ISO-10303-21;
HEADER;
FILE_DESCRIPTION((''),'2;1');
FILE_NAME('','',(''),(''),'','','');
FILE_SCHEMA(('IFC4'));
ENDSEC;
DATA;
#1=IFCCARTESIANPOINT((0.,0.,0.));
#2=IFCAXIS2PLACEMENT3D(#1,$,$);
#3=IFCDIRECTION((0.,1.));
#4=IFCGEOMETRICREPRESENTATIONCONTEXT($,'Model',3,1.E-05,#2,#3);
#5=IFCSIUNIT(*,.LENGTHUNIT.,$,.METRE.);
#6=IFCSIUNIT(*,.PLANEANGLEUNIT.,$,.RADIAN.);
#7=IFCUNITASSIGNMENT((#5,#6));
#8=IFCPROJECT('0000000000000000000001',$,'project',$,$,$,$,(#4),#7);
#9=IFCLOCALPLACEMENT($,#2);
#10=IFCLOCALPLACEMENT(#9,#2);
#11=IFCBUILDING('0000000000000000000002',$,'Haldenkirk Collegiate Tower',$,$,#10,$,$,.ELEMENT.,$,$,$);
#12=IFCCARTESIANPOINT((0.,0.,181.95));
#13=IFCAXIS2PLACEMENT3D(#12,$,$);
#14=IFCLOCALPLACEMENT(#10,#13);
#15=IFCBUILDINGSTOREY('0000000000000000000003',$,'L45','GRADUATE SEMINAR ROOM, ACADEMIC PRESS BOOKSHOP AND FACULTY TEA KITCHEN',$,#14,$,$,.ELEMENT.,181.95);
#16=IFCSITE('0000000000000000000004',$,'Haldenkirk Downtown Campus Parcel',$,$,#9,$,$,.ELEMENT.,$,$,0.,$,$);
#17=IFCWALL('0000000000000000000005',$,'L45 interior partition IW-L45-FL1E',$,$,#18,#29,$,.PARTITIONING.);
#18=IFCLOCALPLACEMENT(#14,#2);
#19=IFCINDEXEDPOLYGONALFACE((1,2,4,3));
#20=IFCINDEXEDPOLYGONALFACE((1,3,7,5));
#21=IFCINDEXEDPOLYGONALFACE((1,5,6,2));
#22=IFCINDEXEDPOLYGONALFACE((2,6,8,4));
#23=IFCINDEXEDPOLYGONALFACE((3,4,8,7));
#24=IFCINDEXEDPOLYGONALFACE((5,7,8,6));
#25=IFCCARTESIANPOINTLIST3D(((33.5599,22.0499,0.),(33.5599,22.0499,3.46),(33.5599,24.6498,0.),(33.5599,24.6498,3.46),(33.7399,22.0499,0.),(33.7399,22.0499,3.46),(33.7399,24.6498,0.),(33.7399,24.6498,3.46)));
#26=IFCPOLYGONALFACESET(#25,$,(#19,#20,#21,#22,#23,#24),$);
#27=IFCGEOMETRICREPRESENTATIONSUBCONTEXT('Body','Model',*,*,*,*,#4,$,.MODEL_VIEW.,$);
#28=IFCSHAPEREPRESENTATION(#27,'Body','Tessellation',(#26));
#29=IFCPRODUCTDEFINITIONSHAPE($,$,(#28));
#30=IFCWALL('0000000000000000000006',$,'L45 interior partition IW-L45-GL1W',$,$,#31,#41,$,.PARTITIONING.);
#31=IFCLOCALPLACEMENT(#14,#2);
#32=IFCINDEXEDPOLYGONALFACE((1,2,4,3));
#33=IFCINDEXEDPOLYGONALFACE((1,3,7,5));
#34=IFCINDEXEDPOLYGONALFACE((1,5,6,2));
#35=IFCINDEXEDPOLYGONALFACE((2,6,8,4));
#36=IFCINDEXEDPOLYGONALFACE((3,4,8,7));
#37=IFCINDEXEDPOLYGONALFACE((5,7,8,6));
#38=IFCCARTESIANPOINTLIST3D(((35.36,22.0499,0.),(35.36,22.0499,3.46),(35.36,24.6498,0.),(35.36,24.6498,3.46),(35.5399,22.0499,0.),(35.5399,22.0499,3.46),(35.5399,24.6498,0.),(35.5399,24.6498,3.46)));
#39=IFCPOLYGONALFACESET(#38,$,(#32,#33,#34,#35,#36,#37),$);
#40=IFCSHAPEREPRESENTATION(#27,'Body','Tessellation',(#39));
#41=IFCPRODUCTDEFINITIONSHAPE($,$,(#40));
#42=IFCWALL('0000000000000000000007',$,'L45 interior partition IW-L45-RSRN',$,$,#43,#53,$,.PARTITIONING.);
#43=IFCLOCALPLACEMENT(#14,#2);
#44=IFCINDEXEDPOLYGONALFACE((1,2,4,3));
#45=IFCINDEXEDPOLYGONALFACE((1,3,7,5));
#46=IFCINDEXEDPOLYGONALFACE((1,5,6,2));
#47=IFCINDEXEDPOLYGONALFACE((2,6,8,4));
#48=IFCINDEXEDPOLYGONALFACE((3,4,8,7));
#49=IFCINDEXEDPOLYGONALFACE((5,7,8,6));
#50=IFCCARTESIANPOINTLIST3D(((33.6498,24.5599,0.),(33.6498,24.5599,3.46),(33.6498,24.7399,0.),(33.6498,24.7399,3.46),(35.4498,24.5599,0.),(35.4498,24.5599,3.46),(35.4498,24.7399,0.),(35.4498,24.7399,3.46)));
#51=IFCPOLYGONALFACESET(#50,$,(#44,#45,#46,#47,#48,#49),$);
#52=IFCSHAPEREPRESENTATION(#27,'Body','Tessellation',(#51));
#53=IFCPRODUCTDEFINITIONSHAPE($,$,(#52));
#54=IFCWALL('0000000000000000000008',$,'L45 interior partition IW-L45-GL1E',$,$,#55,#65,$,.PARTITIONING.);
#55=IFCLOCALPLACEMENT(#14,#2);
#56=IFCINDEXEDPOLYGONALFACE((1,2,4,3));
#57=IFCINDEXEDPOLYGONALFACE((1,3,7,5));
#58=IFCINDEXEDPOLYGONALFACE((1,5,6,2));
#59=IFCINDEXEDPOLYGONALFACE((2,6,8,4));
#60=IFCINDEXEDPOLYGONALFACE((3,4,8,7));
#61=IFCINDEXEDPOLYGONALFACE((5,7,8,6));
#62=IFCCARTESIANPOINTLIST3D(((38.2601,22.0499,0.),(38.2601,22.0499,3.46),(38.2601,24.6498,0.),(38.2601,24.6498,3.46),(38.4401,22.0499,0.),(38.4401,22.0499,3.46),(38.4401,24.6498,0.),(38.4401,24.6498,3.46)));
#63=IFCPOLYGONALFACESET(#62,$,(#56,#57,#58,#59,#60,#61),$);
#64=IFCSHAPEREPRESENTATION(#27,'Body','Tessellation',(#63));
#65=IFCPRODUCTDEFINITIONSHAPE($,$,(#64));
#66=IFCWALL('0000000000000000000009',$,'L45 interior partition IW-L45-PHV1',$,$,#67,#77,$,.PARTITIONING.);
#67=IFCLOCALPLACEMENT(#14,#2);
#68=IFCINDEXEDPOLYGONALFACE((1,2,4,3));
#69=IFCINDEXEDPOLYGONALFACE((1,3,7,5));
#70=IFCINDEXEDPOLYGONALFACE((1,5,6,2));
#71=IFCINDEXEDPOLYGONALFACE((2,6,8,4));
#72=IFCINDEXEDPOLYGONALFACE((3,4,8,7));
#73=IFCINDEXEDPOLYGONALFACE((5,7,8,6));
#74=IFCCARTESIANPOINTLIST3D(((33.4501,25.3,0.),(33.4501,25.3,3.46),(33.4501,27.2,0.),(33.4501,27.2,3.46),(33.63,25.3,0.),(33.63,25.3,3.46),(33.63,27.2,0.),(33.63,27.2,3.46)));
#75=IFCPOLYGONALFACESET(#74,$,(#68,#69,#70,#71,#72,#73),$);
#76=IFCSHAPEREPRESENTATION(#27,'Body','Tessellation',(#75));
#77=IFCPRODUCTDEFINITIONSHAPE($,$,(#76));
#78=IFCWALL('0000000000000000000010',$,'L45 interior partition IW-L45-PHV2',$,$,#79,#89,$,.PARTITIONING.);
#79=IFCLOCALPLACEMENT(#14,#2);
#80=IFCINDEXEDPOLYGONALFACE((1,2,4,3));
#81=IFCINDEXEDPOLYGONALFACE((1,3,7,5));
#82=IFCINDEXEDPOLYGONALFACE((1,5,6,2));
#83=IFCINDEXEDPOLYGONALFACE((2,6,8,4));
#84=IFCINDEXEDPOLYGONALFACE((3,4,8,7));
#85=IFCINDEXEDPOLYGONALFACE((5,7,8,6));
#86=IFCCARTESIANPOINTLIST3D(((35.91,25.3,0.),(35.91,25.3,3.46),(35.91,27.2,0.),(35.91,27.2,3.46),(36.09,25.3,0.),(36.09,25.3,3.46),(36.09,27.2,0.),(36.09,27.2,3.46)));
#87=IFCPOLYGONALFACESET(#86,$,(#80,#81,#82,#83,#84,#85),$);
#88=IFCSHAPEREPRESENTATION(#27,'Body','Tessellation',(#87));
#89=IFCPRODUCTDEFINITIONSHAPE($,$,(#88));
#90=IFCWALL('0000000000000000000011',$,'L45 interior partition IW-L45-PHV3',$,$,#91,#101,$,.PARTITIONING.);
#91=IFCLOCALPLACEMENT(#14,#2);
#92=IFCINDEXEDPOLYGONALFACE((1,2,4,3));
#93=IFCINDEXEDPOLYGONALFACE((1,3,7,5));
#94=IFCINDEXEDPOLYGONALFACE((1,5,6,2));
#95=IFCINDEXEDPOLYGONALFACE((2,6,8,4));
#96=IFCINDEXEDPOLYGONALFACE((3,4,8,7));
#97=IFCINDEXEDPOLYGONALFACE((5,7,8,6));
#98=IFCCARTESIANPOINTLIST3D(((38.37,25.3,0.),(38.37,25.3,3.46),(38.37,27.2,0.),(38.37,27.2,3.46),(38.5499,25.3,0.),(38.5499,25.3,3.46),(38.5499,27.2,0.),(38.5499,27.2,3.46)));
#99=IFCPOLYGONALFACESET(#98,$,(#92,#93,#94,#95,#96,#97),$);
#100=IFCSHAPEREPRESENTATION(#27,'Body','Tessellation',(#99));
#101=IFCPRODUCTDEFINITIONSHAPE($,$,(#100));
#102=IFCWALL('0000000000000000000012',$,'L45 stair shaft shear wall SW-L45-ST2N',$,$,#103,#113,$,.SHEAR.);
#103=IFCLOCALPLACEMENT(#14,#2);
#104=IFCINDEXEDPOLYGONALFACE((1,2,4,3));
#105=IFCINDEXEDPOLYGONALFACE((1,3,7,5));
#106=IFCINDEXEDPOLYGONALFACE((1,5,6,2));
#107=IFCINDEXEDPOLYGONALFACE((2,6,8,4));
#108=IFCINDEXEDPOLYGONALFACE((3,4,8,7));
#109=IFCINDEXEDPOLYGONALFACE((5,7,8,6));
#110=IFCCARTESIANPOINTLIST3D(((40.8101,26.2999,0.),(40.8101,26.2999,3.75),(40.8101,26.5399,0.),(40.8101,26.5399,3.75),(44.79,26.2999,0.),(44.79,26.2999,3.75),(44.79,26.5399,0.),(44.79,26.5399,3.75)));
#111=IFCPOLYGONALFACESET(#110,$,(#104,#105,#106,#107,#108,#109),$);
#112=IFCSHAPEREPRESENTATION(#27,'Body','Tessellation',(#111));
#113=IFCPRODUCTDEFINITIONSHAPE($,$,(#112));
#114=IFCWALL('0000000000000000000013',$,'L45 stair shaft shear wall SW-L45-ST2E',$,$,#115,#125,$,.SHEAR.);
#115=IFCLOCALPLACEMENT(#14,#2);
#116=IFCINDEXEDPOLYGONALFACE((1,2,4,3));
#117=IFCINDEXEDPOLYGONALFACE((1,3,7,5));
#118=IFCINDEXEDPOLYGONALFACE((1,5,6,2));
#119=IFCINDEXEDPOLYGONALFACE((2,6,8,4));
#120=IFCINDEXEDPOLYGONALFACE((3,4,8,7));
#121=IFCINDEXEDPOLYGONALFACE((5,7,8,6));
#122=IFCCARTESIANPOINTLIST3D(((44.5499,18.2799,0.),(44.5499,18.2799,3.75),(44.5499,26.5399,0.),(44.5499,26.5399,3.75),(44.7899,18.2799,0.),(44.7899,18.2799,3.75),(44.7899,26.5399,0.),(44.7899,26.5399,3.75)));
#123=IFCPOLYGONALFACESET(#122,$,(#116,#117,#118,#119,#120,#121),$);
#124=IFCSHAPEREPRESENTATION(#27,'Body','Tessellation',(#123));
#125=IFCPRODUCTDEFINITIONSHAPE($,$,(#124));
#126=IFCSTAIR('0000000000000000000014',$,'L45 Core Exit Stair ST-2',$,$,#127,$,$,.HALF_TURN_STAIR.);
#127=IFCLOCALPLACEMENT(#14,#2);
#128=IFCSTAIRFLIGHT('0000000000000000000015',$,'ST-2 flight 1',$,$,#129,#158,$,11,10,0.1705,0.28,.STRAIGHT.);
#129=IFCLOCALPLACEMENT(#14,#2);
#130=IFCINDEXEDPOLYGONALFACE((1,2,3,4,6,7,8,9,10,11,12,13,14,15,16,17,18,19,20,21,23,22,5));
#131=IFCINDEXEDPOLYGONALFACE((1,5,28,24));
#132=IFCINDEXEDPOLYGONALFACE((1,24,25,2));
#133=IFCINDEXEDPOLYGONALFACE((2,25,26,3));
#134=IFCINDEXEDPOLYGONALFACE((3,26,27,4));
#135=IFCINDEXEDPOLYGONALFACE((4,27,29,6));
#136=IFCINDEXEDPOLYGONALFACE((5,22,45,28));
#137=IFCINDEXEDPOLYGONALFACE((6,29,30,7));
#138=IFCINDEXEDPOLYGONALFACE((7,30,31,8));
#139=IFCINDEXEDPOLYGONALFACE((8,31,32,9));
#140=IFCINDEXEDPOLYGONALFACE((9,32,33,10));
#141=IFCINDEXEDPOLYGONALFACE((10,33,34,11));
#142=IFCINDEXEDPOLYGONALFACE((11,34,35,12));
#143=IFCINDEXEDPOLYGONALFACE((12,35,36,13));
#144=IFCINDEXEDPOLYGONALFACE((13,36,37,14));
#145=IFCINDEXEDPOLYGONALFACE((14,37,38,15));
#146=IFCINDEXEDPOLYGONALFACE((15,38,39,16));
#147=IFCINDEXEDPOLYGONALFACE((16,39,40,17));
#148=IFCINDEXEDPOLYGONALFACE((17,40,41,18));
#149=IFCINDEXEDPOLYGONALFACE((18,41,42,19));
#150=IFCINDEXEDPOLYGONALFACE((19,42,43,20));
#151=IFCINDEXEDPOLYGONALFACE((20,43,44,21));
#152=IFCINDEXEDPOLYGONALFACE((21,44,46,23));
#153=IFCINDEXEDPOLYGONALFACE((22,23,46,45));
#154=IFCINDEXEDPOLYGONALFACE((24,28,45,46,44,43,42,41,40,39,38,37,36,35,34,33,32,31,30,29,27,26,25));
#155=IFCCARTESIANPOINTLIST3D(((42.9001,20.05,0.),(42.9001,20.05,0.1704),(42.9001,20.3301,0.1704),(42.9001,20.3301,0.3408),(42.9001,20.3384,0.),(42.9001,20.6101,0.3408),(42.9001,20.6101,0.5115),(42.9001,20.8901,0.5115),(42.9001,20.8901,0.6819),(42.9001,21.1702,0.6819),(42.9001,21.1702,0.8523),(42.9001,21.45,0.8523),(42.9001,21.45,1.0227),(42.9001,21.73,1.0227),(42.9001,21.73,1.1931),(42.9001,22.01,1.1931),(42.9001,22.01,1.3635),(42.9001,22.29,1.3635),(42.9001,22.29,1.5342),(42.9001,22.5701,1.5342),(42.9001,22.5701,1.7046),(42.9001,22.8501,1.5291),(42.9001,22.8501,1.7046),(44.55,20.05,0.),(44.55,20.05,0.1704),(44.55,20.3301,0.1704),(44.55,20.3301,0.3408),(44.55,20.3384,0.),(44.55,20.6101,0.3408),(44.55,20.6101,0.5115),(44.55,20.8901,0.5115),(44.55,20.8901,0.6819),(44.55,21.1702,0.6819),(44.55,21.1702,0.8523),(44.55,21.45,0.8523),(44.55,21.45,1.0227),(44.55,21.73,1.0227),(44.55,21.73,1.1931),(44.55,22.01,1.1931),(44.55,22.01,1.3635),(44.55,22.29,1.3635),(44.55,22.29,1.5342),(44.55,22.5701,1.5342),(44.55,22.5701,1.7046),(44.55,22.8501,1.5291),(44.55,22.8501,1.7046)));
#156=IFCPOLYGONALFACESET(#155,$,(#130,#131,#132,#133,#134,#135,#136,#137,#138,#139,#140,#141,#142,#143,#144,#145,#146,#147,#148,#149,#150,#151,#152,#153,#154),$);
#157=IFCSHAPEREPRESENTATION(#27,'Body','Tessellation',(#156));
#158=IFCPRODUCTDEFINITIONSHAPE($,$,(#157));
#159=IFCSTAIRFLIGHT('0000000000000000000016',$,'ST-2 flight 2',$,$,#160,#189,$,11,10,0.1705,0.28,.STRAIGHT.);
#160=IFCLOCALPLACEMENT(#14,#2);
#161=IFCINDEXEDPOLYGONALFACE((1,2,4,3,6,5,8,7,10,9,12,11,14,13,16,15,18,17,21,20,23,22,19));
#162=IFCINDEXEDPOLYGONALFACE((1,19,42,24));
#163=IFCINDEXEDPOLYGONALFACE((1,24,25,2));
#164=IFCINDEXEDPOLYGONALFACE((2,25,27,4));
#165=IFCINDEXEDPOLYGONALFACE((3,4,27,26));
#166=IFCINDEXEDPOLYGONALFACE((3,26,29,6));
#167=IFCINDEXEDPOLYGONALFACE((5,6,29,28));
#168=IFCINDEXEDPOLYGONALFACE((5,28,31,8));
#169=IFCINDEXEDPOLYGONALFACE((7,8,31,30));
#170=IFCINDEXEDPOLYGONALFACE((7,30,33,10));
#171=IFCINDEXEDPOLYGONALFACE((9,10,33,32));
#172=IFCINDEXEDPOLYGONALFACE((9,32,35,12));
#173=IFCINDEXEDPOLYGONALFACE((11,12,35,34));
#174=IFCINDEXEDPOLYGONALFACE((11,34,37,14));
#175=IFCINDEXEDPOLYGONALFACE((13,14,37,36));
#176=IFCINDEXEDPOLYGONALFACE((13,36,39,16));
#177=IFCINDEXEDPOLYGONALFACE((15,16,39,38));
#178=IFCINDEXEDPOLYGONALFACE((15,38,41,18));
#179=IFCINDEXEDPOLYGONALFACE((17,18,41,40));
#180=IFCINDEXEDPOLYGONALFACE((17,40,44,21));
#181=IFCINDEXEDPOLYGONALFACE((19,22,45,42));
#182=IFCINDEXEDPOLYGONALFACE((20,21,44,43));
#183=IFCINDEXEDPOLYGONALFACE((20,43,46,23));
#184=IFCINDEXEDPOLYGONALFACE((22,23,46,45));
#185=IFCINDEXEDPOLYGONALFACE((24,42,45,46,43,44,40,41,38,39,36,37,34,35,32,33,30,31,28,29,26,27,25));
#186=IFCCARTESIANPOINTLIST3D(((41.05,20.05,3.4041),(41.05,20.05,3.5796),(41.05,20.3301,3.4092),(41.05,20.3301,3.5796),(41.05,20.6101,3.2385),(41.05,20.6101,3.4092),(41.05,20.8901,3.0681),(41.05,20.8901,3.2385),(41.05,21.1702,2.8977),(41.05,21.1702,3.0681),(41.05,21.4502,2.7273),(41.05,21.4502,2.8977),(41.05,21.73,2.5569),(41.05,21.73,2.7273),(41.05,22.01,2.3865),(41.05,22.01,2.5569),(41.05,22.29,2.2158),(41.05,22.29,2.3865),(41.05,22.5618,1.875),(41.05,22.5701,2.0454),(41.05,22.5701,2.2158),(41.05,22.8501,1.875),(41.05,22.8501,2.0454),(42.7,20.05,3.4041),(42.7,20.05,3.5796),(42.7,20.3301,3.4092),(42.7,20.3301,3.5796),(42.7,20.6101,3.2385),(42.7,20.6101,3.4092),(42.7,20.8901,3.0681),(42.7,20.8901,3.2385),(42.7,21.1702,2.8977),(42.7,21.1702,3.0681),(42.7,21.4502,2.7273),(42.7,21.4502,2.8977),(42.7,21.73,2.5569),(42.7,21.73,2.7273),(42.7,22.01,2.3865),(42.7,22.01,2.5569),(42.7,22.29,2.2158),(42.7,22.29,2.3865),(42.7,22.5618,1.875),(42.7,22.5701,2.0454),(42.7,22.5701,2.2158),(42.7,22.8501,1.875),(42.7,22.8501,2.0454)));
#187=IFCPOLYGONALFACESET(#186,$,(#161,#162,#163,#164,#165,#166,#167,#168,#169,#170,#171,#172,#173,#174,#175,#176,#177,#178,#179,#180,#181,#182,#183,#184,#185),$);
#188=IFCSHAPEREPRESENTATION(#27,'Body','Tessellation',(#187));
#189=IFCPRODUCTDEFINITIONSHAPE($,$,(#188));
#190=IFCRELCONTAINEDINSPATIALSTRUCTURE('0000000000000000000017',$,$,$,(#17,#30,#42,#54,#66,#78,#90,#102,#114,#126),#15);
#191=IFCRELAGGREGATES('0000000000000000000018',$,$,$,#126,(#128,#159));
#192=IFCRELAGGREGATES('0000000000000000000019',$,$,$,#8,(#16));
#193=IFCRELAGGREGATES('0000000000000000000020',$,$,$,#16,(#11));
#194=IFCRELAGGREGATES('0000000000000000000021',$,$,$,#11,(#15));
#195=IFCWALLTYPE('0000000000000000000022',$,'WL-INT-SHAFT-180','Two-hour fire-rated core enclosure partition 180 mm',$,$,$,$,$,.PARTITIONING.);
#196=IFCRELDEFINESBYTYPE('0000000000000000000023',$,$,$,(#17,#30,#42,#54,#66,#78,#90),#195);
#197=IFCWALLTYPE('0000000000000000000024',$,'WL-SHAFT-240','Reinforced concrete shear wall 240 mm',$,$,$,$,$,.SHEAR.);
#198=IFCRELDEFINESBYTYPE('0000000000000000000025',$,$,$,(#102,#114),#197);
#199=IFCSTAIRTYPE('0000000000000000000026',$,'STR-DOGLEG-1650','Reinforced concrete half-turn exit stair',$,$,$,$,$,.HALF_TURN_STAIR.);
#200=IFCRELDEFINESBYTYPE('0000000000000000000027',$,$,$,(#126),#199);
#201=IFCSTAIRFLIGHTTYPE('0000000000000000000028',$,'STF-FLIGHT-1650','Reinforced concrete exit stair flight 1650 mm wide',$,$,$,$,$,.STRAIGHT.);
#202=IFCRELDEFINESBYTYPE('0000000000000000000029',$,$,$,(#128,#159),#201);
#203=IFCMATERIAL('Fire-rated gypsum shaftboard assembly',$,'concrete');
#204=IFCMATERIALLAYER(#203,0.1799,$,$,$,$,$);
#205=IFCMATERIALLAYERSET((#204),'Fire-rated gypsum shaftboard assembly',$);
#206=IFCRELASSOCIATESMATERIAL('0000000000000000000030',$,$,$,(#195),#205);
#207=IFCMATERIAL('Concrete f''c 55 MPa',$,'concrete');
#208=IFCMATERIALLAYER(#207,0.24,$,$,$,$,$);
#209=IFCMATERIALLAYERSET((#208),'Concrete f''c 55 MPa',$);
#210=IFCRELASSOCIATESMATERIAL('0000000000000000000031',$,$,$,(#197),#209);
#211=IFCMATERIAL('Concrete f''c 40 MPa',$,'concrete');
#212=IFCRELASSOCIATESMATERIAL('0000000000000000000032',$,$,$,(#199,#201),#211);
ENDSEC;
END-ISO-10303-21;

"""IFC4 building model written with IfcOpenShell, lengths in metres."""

from ifc_helpers import new_model, si_unit, direction, frame, frame_2d, origin, place, context, subcontext, project, spatial, polyline, rectangle, outline, extrude, material, layer, layer_set, type_object, element, aggregate, save


model = new_model("IFC4")

# Units and contexts
model_context = context("Model", 3, precision=1e-05, world=origin(), true_north=direction((0.0, 1.0)))
body_context = subcontext(model_context, "Body", "Model", "MODEL_VIEW")
ifc_project = project(units=[si_unit("LENGTHUNIT", "METRE"), si_unit("PLANEANGLEUNIT", "RADIAN")], contexts=[model_context])

# Site, building, storey
site_placement = place(None, origin())
site = spatial("IfcSite", under=ifc_project, at=site_placement, Name="Haldenkirk Downtown Campus Parcel", CompositionType="ELEMENT", RefElevation=0.0)
building_placement = place(site_placement, origin())
building = spatial("IfcBuilding", under=site, at=building_placement, Name="Haldenkirk Collegiate Tower", CompositionType="ELEMENT")
storey_placement = place(building_placement, frame((0.0, 0.0, 181.95)))
storey = spatial("IfcBuildingStorey", under=building, at=storey_placement, Name="L45", Description="GRADUATE SEMINAR ROOM, ACADEMIC PRESS BOOKSHOP AND FACULTY TEA KITCHEN", CompositionType="ELEMENT", Elevation=181.95)

# Walls
ifc_material_1 = material(Name="Fire-rated gypsum shaftboard assembly", Category="concrete")
ifc_layer_1 = layer(ifc_material_1, 0.1799)
ifc_layer_set_1 = layer_set([ifc_layer_1], Name="Fire-rated gypsum shaftboard assembly")
wall_type_1 = type_object("IfcWallType", Name="WL-INT-SHAFT-180", Description="Two-hour fire-rated core enclosure partition 180 mm", PredefinedType="PARTITIONING", material=ifc_layer_set_1)
for number, where, z_axis, x_axis, name in (
    (1, (33.6499, 22.05, 0.0), (0.0, 0.0, 1.0), (0.0, 1.0, 0.0), "L45 interior partition IW-L45-FL1E"),
    (2, (35.45, 22.05, 0.0), (0.0, 0.0, 1.0), (0.0, 1.0, 0.0), "L45 interior partition IW-L45-GL1W"),
):
    element("IfcWall", number, at=place(storey_placement, frame(where, z_axis=z_axis, x_axis=x_axis)), inside=storey, type_object=wall_type_1, Name=name, PredefinedType="PARTITIONING", context=body_context, shape_type="SweptSolid", body=[
        extrude(rectangle(XDim=2.5999, YDim=0.1799, at=frame_2d((1.2998, 0.0))), origin(), (0.0, 0.0, 1.0), 3.46),
    ])
wall_1_placement = place(storey_placement, frame((33.6499, 24.6499, 0.0), z_axis=(0.0, 0.0, 1.0), x_axis=(1.0, 0.0, 0.0)))
element("IfcWall", 3, at=wall_1_placement, inside=storey, type_object=wall_type_1, Name="L45 interior partition IW-L45-RSRN", PredefinedType="PARTITIONING", context=body_context, shape_type="SweptSolid", body=[
    extrude(rectangle(XDim=1.8, YDim=0.1799, at=frame_2d((0.8999, 0.0))), origin(), (0.0, 0.0, 1.0), 3.46),
])
wall_2_placement = place(storey_placement, frame((38.3501, 22.05, 0.0), z_axis=(0.0, 0.0, 1.0), x_axis=(0.0, 1.0, 0.0)))
element("IfcWall", 4, at=wall_2_placement, inside=storey, type_object=wall_type_1, Name="L45 interior partition IW-L45-GL1E", PredefinedType="PARTITIONING", context=body_context, shape_type="SweptSolid", body=[
    extrude(rectangle(XDim=2.5999, YDim=0.1799, at=frame_2d((1.2998, 0.0))), origin(), (0.0, 0.0, 1.0), 3.46),
])
for number, where, z_axis, x_axis, name in (
    (5, (33.54, 25.3, 0.0), (0.0, 0.0, 1.0), (0.0, 1.0, 0.0), "L45 interior partition IW-L45-PHV1"),
    (6, (36.0, 25.3, 0.0), (0.0, 0.0, 1.0), (0.0, 1.0, 0.0), "L45 interior partition IW-L45-PHV2"),
    (7, (38.46, 25.3, 0.0), (0.0, 0.0, 1.0), (0.0, 1.0, 0.0), "L45 interior partition IW-L45-PHV3"),
):
    element("IfcWall", number, at=place(storey_placement, frame(where, z_axis=z_axis, x_axis=x_axis)), inside=storey, type_object=wall_type_1, Name=name, PredefinedType="PARTITIONING", context=body_context, shape_type="SweptSolid", body=[
        extrude(rectangle(XDim=1.8999, YDim=0.1799, at=frame_2d((0.95, 0.0))), origin(), (0.0, 0.0, 1.0), 3.46),
    ])

# Walls
ifc_material_2 = material(Name="Concrete f'c 55 MPa", Category="concrete")
ifc_layer_2 = layer(ifc_material_2, 0.24)
ifc_layer_set_2 = layer_set([ifc_layer_2], Name="Concrete f'c 55 MPa")
wall_type_2 = type_object("IfcWallType", Name="WL-SHAFT-240", Description="Reinforced concrete shear wall 240 mm", PredefinedType="SHEAR", material=ifc_layer_set_2)
wall_3_placement = place(storey_placement, frame((40.8101, 26.4199, 0.0), z_axis=(0.0, 0.0, 1.0), x_axis=(1.0, 0.0, 0.0)))
element("IfcWall", 8, at=wall_3_placement, inside=storey, type_object=wall_type_2, Name="L45 stair shaft shear wall SW-L45-ST2N", PredefinedType="SHEAR", context=body_context, shape_type="SweptSolid", body=[
    extrude(rectangle(XDim=3.98, YDim=0.24, at=frame_2d((1.99, 0.0))), origin(), (0.0, 0.0, 1.0), 3.75),
])
wall_4_placement = place(storey_placement, frame((44.6699, 18.28, 0.0), z_axis=(0.0, 0.0, 1.0), x_axis=(0.0, 1.0, 0.0)))
element("IfcWall", 9, at=wall_4_placement, inside=storey, type_object=wall_type_2, Name="L45 stair shaft shear wall SW-L45-ST2E", PredefinedType="SHEAR", context=body_context, shape_type="SweptSolid", body=[
    extrude(rectangle(XDim=8.26, YDim=0.24, at=frame_2d((4.1299, 0.0))), origin(), (0.0, 0.0, 1.0), 3.75),
])

# Stair, stair flights
ifc_material_3 = material(Name="Concrete f'c 40 MPa", Category="concrete")
stair_type = type_object("IfcStairType", Name="STR-DOGLEG-1650", Description="Reinforced concrete half-turn exit stair", PredefinedType="HALF_TURN_STAIR", material=ifc_material_3)
stair_placement = place(storey_placement, origin())
stair = element("IfcStair", 10, at=stair_placement, inside=storey, type_object=stair_type, Name="L45 Core Exit Stair ST-2", PredefinedType="HALF_TURN_STAIR")
stair_flight_type = type_object("IfcStairFlightType", Name="STF-FLIGHT-1650", Description="Reinforced concrete exit stair flight 1650 mm wide", PredefinedType="STRAIGHT", material=ifc_material_3)
stair_flight_1_placement = place(storey_placement, frame((43.7251, 20.05, 0.0), z_axis=(0.0, 0.0, 1.0), x_axis=(0.0, 1.0, 0.0)))
stair_flight_1 = element("IfcStairFlight", 11, at=stair_flight_1_placement, type_object=stair_flight_type, Name="ST-2 flight 1", NumberOfRisers=11, NumberOfTreads=10, PredefinedType="STRAIGHT", RiserHeight=0.1705, TreadLength=0.28, context=body_context, shape_type="SweptSolid", body=[
    extrude(outline(polyline([(0.0, 0.0), (0.0, 0.1704), (0.28, 0.1704), (0.28, 0.3408), (0.5601, 0.3408), (0.5601, 0.5115), (0.8401, 0.5115), (0.8401, 0.6819), (1.1201, 0.6819), (1.1201, 0.8523), (1.3999, 0.8523), (1.3999, 1.0227), (1.6799, 1.0227), (1.6799, 1.1931), (1.96, 1.1931), (1.96, 1.3635), (2.24, 1.3635), (2.24, 1.5342), (2.52, 1.5342), (2.52, 1.7046), (2.8, 1.7046), (2.8, 1.875), (2.8, 1.5291), (0.2883, 0.0), (0.0, 0.0)])), frame((0.0, 0.825, 0.0), z_axis=(0.0, -1.0, 0.0), x_axis=(1.0, 0.0, 0.0)), (0.0, 0.0, 1.0), 1.6499),
])
stair_flight_2_placement = place(storey_placement, frame((41.875, 22.8501, 1.875), z_axis=(0.0, 0.0, 1.0), x_axis=(0.0, -1.0, 0.0)))
stair_flight_2 = element("IfcStairFlight", 12, at=stair_flight_2_placement, type_object=stair_flight_type, Name="ST-2 flight 2", NumberOfRisers=11, NumberOfTreads=10, PredefinedType="STRAIGHT", RiserHeight=0.1705, TreadLength=0.28, context=body_context, shape_type="SweptSolid", body=[
    extrude(outline(polyline([(0.0, 0.0), (0.0, 0.1704), (0.28, 0.1704), (0.28, 0.3408), (0.5601, 0.3408), (0.5601, 0.5115), (0.8401, 0.5115), (0.8401, 0.6819), (1.1201, 0.6819), (1.1201, 0.8523), (1.3999, 0.8523), (1.3999, 1.0227), (1.6799, 1.0227), (1.6799, 1.1931), (1.96, 1.1931), (1.96, 1.3635), (2.24, 1.3635), (2.24, 1.5342), (2.52, 1.5342), (2.52, 1.7046), (2.8, 1.7046), (2.8, 1.875), (2.8, 1.5291), (0.2883, 0.0), (0.0, 0.0)])), frame((0.0, 0.825, 0.0), z_axis=(0.0, -1.0, 0.0), x_axis=(1.0, 0.0, 0.0)), (0.0, 0.0, 1.0), 1.6499),
])
aggregate(stair, [stair_flight_1, stair_flight_2])

save(model, "model.ifc")
